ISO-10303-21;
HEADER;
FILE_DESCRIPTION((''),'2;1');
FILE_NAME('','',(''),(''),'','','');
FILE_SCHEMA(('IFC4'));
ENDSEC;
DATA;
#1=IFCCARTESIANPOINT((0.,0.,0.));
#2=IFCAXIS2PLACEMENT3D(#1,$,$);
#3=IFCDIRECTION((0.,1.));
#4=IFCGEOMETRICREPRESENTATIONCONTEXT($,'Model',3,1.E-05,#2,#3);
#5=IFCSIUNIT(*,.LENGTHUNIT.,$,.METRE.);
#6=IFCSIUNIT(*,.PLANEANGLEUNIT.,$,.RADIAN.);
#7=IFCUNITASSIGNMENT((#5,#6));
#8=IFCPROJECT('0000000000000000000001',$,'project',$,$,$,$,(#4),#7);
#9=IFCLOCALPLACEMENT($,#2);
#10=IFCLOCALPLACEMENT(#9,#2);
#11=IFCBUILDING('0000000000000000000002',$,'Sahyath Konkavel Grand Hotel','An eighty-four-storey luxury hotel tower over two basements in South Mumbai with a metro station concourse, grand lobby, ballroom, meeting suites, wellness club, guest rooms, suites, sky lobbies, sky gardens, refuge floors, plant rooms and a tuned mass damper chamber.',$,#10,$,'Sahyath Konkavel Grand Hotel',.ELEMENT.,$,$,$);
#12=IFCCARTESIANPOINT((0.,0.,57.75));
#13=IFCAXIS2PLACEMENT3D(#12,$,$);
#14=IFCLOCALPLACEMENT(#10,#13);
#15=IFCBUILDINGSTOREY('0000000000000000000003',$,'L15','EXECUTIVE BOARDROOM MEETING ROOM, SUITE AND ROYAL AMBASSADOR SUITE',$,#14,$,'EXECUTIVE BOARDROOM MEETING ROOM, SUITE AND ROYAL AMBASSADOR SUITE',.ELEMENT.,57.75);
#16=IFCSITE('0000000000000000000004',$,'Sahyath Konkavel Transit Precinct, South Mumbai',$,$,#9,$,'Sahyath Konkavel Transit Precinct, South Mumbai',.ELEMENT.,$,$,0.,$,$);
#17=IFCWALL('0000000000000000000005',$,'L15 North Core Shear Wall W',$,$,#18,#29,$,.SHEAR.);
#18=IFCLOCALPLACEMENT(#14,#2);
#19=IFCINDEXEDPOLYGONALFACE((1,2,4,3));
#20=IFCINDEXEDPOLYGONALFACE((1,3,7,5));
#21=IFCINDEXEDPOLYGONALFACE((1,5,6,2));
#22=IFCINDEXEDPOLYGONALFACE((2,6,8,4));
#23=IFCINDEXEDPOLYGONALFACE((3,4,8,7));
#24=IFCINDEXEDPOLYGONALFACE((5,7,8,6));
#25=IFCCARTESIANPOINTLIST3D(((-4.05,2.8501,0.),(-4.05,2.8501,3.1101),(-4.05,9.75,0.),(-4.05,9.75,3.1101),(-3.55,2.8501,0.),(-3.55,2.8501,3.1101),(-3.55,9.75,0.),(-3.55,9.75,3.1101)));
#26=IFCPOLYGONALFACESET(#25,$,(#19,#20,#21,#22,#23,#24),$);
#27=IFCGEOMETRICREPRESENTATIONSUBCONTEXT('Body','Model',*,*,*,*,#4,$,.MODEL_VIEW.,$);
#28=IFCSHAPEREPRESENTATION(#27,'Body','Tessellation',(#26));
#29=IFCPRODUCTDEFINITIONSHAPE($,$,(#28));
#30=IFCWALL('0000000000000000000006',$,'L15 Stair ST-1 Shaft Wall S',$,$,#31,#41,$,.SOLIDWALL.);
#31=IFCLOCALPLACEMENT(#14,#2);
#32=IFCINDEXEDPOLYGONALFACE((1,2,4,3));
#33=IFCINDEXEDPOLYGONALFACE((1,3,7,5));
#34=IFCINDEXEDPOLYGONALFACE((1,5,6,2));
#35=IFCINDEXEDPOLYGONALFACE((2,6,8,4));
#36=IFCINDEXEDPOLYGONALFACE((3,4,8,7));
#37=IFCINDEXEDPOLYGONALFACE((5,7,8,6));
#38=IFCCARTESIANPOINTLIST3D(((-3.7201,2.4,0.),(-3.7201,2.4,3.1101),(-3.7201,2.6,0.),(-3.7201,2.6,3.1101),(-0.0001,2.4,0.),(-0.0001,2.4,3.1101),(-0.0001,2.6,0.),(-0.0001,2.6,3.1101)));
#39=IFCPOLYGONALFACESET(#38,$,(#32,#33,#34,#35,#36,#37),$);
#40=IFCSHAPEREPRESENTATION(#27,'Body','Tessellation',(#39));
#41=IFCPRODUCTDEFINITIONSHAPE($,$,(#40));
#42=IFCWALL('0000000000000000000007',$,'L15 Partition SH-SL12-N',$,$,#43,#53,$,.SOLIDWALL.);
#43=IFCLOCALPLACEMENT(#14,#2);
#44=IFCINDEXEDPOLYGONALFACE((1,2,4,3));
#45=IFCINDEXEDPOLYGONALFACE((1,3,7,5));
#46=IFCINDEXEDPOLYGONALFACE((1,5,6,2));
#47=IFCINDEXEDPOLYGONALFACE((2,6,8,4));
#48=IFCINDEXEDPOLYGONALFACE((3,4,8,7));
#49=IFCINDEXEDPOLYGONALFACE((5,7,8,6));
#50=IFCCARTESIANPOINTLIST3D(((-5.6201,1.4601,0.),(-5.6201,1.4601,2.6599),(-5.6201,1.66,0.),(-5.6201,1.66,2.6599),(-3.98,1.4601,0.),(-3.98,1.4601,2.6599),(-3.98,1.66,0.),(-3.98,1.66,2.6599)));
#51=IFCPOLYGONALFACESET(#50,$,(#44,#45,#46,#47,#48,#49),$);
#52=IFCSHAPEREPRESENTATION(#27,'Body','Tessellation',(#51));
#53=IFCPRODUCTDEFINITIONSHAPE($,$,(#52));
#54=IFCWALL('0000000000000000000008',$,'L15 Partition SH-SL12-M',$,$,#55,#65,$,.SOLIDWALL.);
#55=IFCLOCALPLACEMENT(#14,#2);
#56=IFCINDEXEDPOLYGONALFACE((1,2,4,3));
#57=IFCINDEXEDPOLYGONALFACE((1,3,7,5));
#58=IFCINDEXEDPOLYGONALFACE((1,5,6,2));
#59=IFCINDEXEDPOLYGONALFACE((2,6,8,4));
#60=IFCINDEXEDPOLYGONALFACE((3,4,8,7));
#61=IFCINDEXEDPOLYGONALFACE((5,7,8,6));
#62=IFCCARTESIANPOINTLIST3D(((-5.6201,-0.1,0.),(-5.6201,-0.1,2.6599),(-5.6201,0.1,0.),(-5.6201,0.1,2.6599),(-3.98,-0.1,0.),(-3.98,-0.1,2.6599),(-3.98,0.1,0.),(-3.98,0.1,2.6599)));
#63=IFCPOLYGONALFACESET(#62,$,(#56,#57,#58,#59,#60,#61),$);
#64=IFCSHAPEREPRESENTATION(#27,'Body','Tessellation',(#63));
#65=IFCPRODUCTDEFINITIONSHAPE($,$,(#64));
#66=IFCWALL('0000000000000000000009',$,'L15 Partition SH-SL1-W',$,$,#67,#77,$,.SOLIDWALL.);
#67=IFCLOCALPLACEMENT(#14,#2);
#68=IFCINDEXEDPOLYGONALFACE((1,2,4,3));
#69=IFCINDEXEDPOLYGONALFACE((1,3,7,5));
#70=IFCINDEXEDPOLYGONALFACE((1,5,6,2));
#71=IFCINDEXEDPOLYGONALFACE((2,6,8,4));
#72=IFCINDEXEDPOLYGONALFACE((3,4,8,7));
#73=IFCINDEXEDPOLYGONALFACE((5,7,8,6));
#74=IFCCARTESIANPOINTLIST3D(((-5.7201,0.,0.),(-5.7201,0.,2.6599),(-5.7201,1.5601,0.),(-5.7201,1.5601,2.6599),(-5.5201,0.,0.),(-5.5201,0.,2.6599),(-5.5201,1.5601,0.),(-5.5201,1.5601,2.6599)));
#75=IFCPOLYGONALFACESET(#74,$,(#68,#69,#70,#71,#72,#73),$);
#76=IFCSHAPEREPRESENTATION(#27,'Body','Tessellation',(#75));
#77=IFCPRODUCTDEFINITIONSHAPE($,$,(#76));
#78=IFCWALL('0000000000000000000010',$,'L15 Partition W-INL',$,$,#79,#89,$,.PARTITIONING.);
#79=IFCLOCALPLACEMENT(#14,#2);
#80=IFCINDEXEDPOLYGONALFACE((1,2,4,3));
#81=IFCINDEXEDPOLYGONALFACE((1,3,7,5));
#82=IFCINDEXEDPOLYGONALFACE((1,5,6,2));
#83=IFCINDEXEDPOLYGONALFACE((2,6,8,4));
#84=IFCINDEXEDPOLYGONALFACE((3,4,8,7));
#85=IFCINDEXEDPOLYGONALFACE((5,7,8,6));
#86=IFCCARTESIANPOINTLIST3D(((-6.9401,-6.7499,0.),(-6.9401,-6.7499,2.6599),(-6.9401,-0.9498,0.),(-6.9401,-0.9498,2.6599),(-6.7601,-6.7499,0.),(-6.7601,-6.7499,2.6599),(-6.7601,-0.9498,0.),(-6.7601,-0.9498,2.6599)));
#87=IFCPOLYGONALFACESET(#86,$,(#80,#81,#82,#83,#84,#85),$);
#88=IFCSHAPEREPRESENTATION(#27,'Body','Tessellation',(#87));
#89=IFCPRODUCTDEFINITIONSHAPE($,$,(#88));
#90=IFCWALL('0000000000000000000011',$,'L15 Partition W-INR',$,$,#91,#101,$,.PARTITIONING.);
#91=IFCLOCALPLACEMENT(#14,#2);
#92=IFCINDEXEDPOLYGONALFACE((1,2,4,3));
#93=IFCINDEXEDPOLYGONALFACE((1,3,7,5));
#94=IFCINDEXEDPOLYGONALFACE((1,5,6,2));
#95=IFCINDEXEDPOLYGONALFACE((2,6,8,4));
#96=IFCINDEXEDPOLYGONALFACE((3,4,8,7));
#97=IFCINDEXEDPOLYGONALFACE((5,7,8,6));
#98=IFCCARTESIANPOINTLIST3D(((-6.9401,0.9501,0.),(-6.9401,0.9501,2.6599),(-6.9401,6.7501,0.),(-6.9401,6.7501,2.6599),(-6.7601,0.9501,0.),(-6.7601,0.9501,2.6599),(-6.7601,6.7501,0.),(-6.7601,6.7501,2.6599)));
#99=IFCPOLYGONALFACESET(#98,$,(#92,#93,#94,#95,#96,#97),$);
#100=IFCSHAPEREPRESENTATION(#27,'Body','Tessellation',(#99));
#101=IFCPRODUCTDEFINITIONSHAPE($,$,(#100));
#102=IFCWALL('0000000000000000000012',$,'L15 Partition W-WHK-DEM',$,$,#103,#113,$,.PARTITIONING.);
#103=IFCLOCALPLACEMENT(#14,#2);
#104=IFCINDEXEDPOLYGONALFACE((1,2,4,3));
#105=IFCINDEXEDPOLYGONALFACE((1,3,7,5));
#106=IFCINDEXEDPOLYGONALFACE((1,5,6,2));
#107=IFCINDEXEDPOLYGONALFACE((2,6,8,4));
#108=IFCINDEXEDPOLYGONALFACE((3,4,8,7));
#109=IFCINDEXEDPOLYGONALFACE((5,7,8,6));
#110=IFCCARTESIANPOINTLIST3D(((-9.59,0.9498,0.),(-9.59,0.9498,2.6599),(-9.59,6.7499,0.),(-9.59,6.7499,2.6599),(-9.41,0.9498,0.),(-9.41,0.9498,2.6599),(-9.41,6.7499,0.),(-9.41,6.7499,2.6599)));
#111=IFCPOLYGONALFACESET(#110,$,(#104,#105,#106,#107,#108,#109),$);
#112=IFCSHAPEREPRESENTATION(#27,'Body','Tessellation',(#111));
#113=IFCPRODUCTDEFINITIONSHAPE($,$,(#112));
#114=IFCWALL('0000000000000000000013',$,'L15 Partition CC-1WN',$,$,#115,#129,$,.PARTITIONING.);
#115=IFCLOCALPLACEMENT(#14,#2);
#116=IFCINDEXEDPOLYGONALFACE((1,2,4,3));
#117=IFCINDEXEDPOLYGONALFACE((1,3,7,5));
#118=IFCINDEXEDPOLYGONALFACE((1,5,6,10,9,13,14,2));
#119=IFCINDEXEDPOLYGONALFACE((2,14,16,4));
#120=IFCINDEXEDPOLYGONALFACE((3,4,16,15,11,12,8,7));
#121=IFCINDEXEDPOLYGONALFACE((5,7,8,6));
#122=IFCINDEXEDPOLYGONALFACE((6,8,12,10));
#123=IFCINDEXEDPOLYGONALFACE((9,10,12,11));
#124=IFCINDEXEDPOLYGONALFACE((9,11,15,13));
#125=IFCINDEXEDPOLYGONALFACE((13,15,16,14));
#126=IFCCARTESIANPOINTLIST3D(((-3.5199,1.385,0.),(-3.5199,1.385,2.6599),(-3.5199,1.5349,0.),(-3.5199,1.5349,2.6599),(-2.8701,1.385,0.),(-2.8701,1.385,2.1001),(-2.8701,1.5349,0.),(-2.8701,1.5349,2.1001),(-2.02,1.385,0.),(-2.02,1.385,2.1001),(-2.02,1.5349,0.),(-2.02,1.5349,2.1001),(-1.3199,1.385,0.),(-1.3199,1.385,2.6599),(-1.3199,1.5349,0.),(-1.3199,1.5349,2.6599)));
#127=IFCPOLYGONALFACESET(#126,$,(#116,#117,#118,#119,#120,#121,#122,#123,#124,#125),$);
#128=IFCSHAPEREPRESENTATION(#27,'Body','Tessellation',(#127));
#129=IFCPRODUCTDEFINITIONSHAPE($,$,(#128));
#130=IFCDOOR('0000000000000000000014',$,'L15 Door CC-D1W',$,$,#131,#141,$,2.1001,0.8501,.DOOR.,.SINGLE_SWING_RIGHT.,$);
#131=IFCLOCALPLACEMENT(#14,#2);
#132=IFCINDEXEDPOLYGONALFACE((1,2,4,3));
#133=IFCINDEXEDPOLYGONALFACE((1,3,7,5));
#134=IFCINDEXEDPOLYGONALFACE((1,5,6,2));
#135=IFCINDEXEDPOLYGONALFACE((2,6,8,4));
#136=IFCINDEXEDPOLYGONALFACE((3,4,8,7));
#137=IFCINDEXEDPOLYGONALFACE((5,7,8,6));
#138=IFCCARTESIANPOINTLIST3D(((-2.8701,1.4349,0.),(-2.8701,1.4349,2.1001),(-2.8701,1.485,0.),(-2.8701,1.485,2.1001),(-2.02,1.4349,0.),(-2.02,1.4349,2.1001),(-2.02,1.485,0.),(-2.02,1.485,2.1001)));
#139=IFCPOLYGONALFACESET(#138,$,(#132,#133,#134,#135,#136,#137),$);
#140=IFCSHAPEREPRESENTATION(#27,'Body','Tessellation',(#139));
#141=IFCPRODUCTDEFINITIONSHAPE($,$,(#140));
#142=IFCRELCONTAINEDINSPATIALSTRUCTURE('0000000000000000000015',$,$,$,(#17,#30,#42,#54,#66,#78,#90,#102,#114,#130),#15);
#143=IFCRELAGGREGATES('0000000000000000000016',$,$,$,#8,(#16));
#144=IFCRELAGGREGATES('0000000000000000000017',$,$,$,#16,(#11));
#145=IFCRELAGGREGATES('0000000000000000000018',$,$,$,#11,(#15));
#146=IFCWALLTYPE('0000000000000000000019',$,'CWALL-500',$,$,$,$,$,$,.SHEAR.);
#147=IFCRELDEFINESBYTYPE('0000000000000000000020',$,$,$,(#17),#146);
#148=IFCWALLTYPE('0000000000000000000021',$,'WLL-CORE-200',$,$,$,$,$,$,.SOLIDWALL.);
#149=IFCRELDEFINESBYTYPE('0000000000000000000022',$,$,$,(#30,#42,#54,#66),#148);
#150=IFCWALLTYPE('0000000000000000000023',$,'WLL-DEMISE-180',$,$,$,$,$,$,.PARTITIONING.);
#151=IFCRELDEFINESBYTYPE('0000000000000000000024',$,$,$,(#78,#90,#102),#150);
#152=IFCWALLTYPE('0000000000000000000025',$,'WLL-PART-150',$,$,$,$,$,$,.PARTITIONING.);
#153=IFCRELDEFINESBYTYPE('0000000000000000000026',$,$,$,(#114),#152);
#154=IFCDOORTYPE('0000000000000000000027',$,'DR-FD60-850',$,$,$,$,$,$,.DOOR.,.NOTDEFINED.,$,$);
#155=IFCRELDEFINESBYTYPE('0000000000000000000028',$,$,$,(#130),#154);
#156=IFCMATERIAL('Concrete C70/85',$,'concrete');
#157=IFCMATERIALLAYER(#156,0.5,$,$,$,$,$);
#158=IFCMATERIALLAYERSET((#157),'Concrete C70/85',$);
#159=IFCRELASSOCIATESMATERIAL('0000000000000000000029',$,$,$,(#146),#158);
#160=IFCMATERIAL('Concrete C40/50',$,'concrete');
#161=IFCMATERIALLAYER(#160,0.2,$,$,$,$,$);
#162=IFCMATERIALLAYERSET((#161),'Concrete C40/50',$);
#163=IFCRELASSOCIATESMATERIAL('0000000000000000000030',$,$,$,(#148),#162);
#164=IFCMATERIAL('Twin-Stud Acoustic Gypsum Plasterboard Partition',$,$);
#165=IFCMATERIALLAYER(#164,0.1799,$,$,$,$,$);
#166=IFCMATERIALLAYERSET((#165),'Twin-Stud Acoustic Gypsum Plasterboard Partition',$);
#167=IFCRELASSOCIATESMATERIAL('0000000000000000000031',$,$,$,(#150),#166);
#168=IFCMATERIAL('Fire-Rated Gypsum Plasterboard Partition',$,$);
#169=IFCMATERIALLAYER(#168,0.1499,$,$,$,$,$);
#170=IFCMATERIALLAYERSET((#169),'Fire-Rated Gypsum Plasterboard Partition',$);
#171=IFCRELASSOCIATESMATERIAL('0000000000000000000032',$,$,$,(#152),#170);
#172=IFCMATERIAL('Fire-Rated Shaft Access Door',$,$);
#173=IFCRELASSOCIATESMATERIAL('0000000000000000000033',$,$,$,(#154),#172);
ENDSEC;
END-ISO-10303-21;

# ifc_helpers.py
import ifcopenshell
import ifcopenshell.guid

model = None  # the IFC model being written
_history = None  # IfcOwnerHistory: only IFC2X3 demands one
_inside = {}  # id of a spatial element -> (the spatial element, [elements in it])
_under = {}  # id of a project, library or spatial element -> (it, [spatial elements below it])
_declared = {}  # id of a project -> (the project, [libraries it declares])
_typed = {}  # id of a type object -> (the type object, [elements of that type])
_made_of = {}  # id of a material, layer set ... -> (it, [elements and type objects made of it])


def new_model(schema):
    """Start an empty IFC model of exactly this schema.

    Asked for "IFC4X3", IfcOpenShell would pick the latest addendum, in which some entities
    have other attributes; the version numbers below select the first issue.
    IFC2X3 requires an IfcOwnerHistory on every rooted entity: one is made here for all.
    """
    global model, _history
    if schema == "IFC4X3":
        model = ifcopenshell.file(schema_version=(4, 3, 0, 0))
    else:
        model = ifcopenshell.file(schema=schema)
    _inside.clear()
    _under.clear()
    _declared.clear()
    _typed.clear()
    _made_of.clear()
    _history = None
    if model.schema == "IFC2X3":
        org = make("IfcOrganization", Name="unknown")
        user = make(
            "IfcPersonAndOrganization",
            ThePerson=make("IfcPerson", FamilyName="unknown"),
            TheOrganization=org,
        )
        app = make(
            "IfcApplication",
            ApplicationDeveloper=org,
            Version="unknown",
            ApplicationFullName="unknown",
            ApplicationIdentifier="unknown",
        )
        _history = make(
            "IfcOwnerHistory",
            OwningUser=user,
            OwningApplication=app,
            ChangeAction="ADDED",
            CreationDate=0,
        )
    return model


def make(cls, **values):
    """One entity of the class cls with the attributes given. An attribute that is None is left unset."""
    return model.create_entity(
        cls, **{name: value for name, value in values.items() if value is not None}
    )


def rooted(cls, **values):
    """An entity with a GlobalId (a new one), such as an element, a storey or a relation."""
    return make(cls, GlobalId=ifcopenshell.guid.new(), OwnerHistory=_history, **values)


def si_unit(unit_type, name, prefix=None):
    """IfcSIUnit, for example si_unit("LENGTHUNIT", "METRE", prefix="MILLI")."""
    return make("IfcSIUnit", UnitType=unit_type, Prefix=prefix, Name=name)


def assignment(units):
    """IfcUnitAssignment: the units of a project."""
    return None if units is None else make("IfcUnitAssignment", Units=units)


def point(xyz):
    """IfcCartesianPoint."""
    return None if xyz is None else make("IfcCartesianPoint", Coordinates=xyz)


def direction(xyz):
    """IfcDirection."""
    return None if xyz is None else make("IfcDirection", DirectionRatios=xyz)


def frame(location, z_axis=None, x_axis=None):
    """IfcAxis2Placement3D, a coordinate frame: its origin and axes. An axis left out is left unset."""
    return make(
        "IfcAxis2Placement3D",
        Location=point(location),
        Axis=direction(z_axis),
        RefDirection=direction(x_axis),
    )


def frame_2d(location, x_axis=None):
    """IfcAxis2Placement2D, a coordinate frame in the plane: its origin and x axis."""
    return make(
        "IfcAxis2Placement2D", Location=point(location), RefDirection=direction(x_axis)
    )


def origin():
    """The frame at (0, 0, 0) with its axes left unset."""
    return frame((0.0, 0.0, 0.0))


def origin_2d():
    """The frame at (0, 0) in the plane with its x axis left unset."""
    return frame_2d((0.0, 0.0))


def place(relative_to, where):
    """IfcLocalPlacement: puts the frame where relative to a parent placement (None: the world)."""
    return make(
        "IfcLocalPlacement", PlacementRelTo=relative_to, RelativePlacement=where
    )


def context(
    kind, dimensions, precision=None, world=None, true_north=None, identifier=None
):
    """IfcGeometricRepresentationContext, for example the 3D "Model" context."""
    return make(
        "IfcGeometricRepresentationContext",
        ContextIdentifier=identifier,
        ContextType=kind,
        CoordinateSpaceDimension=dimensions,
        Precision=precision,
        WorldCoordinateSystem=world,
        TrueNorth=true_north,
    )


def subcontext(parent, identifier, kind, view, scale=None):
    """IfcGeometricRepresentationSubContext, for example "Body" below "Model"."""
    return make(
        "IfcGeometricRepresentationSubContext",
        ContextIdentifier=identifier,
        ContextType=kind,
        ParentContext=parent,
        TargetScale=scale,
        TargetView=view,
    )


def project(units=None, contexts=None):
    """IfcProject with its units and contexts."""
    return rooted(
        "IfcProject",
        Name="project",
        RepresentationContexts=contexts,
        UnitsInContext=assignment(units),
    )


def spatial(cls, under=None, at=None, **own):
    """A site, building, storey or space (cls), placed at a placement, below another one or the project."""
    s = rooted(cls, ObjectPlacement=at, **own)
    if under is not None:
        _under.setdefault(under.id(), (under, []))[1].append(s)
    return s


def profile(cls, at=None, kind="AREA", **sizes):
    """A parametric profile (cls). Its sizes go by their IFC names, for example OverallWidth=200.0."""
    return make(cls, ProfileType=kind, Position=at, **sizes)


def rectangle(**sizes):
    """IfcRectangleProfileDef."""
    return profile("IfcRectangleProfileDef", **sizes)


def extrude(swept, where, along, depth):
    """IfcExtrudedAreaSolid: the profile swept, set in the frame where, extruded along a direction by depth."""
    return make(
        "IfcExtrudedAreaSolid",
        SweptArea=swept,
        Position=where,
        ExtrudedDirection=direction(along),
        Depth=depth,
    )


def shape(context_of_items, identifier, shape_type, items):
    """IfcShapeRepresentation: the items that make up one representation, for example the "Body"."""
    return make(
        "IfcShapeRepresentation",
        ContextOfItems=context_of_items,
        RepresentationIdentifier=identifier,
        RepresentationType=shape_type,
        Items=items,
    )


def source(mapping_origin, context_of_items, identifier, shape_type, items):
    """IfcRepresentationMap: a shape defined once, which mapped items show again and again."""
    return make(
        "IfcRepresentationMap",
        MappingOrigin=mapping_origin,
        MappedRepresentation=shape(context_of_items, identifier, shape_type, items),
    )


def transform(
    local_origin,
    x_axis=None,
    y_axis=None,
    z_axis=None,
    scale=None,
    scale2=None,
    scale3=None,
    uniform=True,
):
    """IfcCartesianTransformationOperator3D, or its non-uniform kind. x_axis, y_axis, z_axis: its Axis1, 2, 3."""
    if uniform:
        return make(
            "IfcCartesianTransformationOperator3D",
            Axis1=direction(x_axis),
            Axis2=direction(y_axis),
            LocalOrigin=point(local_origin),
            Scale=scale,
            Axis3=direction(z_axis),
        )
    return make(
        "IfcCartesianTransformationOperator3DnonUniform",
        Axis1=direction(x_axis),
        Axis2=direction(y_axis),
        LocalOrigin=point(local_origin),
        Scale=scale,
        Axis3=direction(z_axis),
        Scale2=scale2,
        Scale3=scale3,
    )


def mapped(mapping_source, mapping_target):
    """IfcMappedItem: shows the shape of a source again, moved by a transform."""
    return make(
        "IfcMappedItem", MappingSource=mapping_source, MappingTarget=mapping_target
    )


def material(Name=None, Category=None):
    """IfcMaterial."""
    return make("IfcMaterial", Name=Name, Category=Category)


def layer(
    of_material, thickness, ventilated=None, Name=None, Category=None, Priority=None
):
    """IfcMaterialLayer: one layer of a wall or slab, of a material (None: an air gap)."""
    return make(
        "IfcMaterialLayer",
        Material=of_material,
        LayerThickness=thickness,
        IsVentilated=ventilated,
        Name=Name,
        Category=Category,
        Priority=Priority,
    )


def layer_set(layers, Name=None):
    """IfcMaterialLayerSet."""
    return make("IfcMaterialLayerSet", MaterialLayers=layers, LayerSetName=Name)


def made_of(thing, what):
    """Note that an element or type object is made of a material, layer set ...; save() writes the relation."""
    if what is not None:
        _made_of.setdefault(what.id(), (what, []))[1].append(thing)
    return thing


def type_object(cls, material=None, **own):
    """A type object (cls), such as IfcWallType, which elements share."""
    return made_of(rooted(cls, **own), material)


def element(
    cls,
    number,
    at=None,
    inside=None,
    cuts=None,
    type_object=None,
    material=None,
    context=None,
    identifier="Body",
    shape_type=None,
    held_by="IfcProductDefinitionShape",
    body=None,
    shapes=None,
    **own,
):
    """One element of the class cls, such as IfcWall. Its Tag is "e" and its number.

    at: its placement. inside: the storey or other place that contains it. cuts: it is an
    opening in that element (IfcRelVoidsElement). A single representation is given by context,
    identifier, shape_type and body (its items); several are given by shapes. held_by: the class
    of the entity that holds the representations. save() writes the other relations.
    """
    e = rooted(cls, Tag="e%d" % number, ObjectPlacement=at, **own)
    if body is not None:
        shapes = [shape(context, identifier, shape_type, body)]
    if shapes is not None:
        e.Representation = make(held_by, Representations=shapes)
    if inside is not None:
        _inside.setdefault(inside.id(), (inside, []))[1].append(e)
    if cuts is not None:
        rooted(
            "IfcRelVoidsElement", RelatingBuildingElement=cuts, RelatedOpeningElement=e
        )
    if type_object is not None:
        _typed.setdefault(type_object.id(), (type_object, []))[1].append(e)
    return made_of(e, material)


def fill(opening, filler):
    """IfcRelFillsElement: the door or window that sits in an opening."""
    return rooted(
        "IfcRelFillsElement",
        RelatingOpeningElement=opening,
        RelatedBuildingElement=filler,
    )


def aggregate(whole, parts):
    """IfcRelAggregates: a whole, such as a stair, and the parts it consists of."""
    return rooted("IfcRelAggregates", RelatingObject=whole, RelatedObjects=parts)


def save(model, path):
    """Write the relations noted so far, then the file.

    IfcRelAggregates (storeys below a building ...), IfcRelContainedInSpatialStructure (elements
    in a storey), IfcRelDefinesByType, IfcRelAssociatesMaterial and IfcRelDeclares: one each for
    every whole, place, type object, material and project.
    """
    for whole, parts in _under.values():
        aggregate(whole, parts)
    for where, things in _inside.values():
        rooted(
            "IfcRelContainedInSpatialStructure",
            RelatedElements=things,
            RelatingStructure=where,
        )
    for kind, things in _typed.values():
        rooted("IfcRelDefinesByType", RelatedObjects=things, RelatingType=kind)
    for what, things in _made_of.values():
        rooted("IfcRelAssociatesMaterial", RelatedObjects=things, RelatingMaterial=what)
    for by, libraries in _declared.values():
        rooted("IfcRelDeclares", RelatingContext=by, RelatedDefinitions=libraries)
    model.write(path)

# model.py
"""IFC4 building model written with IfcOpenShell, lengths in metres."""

from ifc_helpers import new_model, si_unit, direction, frame, frame_2d, origin, origin_2d, place, context, subcontext, project, spatial, rectangle, extrude, source, transform, mapped, material, layer, layer_set, type_object, element, fill, save


model = new_model("IFC4")

# Units and contexts
model_context = context("Model", 3, precision=1e-05, world=origin(), true_north=direction((0.0, 1.0)))
body_context = subcontext(model_context, "Body", "Model", "MODEL_VIEW")
ifc_project = project(units=[si_unit("LENGTHUNIT", "METRE"), si_unit("PLANEANGLEUNIT", "RADIAN")], contexts=[model_context])

# Site, building, storey
site_placement = place(None, origin())
site = spatial("IfcSite", under=ifc_project, at=site_placement, Name="Sahyath Konkavel Transit Precinct, South Mumbai", LongName="Sahyath Konkavel Transit Precinct, South Mumbai", CompositionType="ELEMENT", RefElevation=0.0)
building_placement = place(site_placement, origin())
building = spatial("IfcBuilding", under=site, at=building_placement, Name="Sahyath Konkavel Grand Hotel", Description="An eighty-four-storey luxury hotel tower over two basements in South Mumbai with a metro station concourse, grand lobby, ballroom, meeting suites, wellness club, guest rooms, suites, sky lobbies, sky gardens, refuge floors, plant rooms and a tuned mass damper chamber.", LongName="Sahyath Konkavel Grand Hotel", CompositionType="ELEMENT")
storey_placement = place(building_placement, frame((0.0, 0.0, 57.75)))
storey = spatial("IfcBuildingStorey", under=building, at=storey_placement, Name="L15", Description="EXECUTIVE BOARDROOM MEETING ROOM, SUITE AND ROYAL AMBASSADOR SUITE", LongName="EXECUTIVE BOARDROOM MEETING ROOM, SUITE AND ROYAL AMBASSADOR SUITE", CompositionType="ELEMENT", Elevation=57.75)

# Shared definitions
ifc_material_1 = material(Name="Concrete C70/85", Category="concrete")

# Shared definitions
ifc_material_2 = material(Name="Concrete C40/50", Category="concrete")

# Walls
ifc_layer_1 = layer(ifc_material_1, 0.5)
ifc_layer_set_1 = layer_set([ifc_layer_1], Name="Concrete C70/85")
wall_type_1 = type_object("IfcWallType", Name="CWALL-500", PredefinedType="SHEAR", material=ifc_layer_set_1)
wall_1_placement = place(storey_placement, frame((-3.8, 2.8501, 0.0), z_axis=(0.0, 0.0, 1.0), x_axis=(0.0, 1.0, 0.0)))
element("IfcWall", 1, at=wall_1_placement, inside=storey, type_object=wall_type_1, Name="L15 North Core Shear Wall W", PredefinedType="SHEAR", context=body_context, shape_type="SweptSolid", body=[
    extrude(rectangle(XDim=6.8999, YDim=0.5, at=frame_2d((3.45, 0.0))), origin(), (0.0, 0.0, 1.0), 3.1101),
])
ifc_layer_2 = layer(ifc_material_2, 0.2)
ifc_layer_set_2 = layer_set([ifc_layer_2], Name="Concrete C40/50")
wall_type_2 = type_object("IfcWallType", Name="WLL-CORE-200", PredefinedType="SOLIDWALL", material=ifc_layer_set_2)
wall_2_placement = place(storey_placement, frame((-3.72, 2.5, 0.0), z_axis=(0.0, 0.0, 1.0), x_axis=(1.0, 0.0, 0.0)))
element("IfcWall", 2, at=wall_2_placement, inside=storey, type_object=wall_type_2, Name="L15 Stair ST-1 Shaft Wall S", PredefinedType="SOLIDWALL", context=body_context, shape_type="SweptSolid", body=[
    extrude(rectangle(XDim=3.72, YDim=0.2, at=frame_2d((1.8599, 0.0))), origin(), (0.0, 0.0, 1.0), 3.1101),
])
for number, where, z_axis, x_axis, name in (
    (3, (-5.6201, 1.5601, 0.0), (0.0, 0.0, 1.0), (1.0, 0.0, 0.0), "L15 Partition SH-SL12-N"),
    (4, (-5.6201, 0.0, 0.0), (0.0, 0.0, 1.0), (1.0, 0.0, 0.0), "L15 Partition SH-SL12-M"),
):
    element("IfcWall", number, at=place(storey_placement, frame(where, z_axis=z_axis, x_axis=x_axis)), inside=storey, type_object=wall_type_2, Name=name, PredefinedType="SOLIDWALL", context=body_context, shape_type="SweptSolid", body=[
        extrude(rectangle(XDim=1.6401, YDim=0.2, at=frame_2d((0.8201, 0.0))), origin(), (0.0, 0.0, 1.0), 2.6599),
    ])
wall_3_placement = place(storey_placement, frame((-5.6201, 0.0, 0.0), z_axis=(0.0, 0.0, 1.0), x_axis=(0.0, 1.0, 0.0)))
element("IfcWall", 5, at=wall_3_placement, inside=storey, type_object=wall_type_2, Name="L15 Partition SH-SL1-W", PredefinedType="SOLIDWALL", context=body_context, shape_type="SweptSolid", body=[
    extrude(rectangle(XDim=1.5601, YDim=0.2, at=frame_2d((0.78, 0.0))), origin(), (0.0, 0.0, 1.0), 2.6599),
])
ifc_material_3 = material(Name="Twin-Stud Acoustic Gypsum Plasterboard Partition")
ifc_layer_3 = layer(ifc_material_3, 0.1799)
ifc_layer_set_3 = layer_set([ifc_layer_3], Name="Twin-Stud Acoustic Gypsum Plasterboard Partition")
wall_type_3 = type_object("IfcWallType", Name="WLL-DEMISE-180", PredefinedType="PARTITIONING", material=ifc_layer_set_3)
for number, where, z_axis, x_axis, name in (
    (6, (-6.8501, -0.95, 0.0), (0.0, 0.0, 1.0), (0.0, -1.0, 0.0), "L15 Partition W-INL"),
    (7, (-6.8501, 6.75, 0.0), (0.0, 0.0, 1.0), (0.0, -1.0, 0.0), "L15 Partition W-INR"),
    (8, (-9.5, 0.95, 0.0), (0.0, 0.0, 1.0), (0.0, 1.0, 0.0), "L15 Partition W-WHK-DEM"),
):
    element("IfcWall", number, at=place(storey_placement, frame(where, z_axis=z_axis, x_axis=x_axis)), inside=storey, type_object=wall_type_3, Name=name, PredefinedType="PARTITIONING", context=body_context, shape_type="SweptSolid", body=[
        extrude(rectangle(XDim=5.8, YDim=0.1799, at=frame_2d((2.8999, 0.0))), origin(), (0.0, 0.0, 1.0), 2.6599),
    ])

# Wall, opening, door
ifc_material_4 = material(Name="Fire-Rated Gypsum Plasterboard Partition")
ifc_layer_4 = layer(ifc_material_4, 0.1499)
ifc_layer_set_4 = layer_set([ifc_layer_4], Name="Fire-Rated Gypsum Plasterboard Partition")
wall_type_4 = type_object("IfcWallType", Name="WLL-PART-150", PredefinedType="PARTITIONING", material=ifc_layer_set_4)
wall_4_placement = place(storey_placement, frame((-3.52, 1.46, 0.0), z_axis=(0.0, 0.0, 1.0), x_axis=(1.0, 0.0, 0.0)))
wall_4 = element("IfcWall", 9, at=wall_4_placement, inside=storey, type_object=wall_type_4, Name="L15 Partition CC-1WN", PredefinedType="PARTITIONING", context=body_context, shape_type="SweptSolid", body=[
    extrude(rectangle(XDim=2.2, YDim=0.1499, at=frame_2d((1.1001, 0.0))), origin(), (0.0, 0.0, 1.0), 2.6599),
])
opening_1_placement = place(wall_4_placement, frame((0.6499, 0.0, 0.0)))
opening_1 = element("IfcOpeningElement", 10, at=opening_1_placement, cuts=wall_4, PredefinedType="OPENING", context=body_context, shape_type="SweptSolid", body=[
    extrude(rectangle(XDim=0.8501, YDim=2.1001, at=frame_2d((0.425, 1.05))), frame((0.0, 0.085, 0.0), z_axis=(0.0, -1.0, 0.0), x_axis=(1.0, 0.0, 0.0)), (0.0, 0.0, 1.0), 0.1699),
])
ifc_material_5 = material(Name="Fire-Rated Shaft Access Door")
door_type = type_object("IfcDoorType", Name="DR-FD60-850", OperationType="NOTDEFINED", PredefinedType="DOOR", material=ifc_material_5)
shared_shape_1 = source(origin(), body_context, "Body", "SweptSolid", [
    extrude(rectangle(XDim=0.8501, YDim=0.05, at=origin_2d()), origin(), (0.0, 0.0, 1.0), 2.1001),
])
door_1_placement = place(opening_1_placement, frame((0.425, 0.0, 0.0)))
door_1 = element("IfcDoor", 11, at=door_1_placement, inside=storey, type_object=door_type, Name="L15 Door CC-D1W", OperationType="SINGLE_SWING_RIGHT", OverallHeight=2.1001, OverallWidth=0.8501, PredefinedType="DOOR", context=body_context, shape_type="MappedRepresentation", body=[
    mapped(shared_shape_1, transform((0.0, 0.0, 0.0), scale=1.0)),
])
fill(opening_1, door_1)

save(model, "model.ifc")
